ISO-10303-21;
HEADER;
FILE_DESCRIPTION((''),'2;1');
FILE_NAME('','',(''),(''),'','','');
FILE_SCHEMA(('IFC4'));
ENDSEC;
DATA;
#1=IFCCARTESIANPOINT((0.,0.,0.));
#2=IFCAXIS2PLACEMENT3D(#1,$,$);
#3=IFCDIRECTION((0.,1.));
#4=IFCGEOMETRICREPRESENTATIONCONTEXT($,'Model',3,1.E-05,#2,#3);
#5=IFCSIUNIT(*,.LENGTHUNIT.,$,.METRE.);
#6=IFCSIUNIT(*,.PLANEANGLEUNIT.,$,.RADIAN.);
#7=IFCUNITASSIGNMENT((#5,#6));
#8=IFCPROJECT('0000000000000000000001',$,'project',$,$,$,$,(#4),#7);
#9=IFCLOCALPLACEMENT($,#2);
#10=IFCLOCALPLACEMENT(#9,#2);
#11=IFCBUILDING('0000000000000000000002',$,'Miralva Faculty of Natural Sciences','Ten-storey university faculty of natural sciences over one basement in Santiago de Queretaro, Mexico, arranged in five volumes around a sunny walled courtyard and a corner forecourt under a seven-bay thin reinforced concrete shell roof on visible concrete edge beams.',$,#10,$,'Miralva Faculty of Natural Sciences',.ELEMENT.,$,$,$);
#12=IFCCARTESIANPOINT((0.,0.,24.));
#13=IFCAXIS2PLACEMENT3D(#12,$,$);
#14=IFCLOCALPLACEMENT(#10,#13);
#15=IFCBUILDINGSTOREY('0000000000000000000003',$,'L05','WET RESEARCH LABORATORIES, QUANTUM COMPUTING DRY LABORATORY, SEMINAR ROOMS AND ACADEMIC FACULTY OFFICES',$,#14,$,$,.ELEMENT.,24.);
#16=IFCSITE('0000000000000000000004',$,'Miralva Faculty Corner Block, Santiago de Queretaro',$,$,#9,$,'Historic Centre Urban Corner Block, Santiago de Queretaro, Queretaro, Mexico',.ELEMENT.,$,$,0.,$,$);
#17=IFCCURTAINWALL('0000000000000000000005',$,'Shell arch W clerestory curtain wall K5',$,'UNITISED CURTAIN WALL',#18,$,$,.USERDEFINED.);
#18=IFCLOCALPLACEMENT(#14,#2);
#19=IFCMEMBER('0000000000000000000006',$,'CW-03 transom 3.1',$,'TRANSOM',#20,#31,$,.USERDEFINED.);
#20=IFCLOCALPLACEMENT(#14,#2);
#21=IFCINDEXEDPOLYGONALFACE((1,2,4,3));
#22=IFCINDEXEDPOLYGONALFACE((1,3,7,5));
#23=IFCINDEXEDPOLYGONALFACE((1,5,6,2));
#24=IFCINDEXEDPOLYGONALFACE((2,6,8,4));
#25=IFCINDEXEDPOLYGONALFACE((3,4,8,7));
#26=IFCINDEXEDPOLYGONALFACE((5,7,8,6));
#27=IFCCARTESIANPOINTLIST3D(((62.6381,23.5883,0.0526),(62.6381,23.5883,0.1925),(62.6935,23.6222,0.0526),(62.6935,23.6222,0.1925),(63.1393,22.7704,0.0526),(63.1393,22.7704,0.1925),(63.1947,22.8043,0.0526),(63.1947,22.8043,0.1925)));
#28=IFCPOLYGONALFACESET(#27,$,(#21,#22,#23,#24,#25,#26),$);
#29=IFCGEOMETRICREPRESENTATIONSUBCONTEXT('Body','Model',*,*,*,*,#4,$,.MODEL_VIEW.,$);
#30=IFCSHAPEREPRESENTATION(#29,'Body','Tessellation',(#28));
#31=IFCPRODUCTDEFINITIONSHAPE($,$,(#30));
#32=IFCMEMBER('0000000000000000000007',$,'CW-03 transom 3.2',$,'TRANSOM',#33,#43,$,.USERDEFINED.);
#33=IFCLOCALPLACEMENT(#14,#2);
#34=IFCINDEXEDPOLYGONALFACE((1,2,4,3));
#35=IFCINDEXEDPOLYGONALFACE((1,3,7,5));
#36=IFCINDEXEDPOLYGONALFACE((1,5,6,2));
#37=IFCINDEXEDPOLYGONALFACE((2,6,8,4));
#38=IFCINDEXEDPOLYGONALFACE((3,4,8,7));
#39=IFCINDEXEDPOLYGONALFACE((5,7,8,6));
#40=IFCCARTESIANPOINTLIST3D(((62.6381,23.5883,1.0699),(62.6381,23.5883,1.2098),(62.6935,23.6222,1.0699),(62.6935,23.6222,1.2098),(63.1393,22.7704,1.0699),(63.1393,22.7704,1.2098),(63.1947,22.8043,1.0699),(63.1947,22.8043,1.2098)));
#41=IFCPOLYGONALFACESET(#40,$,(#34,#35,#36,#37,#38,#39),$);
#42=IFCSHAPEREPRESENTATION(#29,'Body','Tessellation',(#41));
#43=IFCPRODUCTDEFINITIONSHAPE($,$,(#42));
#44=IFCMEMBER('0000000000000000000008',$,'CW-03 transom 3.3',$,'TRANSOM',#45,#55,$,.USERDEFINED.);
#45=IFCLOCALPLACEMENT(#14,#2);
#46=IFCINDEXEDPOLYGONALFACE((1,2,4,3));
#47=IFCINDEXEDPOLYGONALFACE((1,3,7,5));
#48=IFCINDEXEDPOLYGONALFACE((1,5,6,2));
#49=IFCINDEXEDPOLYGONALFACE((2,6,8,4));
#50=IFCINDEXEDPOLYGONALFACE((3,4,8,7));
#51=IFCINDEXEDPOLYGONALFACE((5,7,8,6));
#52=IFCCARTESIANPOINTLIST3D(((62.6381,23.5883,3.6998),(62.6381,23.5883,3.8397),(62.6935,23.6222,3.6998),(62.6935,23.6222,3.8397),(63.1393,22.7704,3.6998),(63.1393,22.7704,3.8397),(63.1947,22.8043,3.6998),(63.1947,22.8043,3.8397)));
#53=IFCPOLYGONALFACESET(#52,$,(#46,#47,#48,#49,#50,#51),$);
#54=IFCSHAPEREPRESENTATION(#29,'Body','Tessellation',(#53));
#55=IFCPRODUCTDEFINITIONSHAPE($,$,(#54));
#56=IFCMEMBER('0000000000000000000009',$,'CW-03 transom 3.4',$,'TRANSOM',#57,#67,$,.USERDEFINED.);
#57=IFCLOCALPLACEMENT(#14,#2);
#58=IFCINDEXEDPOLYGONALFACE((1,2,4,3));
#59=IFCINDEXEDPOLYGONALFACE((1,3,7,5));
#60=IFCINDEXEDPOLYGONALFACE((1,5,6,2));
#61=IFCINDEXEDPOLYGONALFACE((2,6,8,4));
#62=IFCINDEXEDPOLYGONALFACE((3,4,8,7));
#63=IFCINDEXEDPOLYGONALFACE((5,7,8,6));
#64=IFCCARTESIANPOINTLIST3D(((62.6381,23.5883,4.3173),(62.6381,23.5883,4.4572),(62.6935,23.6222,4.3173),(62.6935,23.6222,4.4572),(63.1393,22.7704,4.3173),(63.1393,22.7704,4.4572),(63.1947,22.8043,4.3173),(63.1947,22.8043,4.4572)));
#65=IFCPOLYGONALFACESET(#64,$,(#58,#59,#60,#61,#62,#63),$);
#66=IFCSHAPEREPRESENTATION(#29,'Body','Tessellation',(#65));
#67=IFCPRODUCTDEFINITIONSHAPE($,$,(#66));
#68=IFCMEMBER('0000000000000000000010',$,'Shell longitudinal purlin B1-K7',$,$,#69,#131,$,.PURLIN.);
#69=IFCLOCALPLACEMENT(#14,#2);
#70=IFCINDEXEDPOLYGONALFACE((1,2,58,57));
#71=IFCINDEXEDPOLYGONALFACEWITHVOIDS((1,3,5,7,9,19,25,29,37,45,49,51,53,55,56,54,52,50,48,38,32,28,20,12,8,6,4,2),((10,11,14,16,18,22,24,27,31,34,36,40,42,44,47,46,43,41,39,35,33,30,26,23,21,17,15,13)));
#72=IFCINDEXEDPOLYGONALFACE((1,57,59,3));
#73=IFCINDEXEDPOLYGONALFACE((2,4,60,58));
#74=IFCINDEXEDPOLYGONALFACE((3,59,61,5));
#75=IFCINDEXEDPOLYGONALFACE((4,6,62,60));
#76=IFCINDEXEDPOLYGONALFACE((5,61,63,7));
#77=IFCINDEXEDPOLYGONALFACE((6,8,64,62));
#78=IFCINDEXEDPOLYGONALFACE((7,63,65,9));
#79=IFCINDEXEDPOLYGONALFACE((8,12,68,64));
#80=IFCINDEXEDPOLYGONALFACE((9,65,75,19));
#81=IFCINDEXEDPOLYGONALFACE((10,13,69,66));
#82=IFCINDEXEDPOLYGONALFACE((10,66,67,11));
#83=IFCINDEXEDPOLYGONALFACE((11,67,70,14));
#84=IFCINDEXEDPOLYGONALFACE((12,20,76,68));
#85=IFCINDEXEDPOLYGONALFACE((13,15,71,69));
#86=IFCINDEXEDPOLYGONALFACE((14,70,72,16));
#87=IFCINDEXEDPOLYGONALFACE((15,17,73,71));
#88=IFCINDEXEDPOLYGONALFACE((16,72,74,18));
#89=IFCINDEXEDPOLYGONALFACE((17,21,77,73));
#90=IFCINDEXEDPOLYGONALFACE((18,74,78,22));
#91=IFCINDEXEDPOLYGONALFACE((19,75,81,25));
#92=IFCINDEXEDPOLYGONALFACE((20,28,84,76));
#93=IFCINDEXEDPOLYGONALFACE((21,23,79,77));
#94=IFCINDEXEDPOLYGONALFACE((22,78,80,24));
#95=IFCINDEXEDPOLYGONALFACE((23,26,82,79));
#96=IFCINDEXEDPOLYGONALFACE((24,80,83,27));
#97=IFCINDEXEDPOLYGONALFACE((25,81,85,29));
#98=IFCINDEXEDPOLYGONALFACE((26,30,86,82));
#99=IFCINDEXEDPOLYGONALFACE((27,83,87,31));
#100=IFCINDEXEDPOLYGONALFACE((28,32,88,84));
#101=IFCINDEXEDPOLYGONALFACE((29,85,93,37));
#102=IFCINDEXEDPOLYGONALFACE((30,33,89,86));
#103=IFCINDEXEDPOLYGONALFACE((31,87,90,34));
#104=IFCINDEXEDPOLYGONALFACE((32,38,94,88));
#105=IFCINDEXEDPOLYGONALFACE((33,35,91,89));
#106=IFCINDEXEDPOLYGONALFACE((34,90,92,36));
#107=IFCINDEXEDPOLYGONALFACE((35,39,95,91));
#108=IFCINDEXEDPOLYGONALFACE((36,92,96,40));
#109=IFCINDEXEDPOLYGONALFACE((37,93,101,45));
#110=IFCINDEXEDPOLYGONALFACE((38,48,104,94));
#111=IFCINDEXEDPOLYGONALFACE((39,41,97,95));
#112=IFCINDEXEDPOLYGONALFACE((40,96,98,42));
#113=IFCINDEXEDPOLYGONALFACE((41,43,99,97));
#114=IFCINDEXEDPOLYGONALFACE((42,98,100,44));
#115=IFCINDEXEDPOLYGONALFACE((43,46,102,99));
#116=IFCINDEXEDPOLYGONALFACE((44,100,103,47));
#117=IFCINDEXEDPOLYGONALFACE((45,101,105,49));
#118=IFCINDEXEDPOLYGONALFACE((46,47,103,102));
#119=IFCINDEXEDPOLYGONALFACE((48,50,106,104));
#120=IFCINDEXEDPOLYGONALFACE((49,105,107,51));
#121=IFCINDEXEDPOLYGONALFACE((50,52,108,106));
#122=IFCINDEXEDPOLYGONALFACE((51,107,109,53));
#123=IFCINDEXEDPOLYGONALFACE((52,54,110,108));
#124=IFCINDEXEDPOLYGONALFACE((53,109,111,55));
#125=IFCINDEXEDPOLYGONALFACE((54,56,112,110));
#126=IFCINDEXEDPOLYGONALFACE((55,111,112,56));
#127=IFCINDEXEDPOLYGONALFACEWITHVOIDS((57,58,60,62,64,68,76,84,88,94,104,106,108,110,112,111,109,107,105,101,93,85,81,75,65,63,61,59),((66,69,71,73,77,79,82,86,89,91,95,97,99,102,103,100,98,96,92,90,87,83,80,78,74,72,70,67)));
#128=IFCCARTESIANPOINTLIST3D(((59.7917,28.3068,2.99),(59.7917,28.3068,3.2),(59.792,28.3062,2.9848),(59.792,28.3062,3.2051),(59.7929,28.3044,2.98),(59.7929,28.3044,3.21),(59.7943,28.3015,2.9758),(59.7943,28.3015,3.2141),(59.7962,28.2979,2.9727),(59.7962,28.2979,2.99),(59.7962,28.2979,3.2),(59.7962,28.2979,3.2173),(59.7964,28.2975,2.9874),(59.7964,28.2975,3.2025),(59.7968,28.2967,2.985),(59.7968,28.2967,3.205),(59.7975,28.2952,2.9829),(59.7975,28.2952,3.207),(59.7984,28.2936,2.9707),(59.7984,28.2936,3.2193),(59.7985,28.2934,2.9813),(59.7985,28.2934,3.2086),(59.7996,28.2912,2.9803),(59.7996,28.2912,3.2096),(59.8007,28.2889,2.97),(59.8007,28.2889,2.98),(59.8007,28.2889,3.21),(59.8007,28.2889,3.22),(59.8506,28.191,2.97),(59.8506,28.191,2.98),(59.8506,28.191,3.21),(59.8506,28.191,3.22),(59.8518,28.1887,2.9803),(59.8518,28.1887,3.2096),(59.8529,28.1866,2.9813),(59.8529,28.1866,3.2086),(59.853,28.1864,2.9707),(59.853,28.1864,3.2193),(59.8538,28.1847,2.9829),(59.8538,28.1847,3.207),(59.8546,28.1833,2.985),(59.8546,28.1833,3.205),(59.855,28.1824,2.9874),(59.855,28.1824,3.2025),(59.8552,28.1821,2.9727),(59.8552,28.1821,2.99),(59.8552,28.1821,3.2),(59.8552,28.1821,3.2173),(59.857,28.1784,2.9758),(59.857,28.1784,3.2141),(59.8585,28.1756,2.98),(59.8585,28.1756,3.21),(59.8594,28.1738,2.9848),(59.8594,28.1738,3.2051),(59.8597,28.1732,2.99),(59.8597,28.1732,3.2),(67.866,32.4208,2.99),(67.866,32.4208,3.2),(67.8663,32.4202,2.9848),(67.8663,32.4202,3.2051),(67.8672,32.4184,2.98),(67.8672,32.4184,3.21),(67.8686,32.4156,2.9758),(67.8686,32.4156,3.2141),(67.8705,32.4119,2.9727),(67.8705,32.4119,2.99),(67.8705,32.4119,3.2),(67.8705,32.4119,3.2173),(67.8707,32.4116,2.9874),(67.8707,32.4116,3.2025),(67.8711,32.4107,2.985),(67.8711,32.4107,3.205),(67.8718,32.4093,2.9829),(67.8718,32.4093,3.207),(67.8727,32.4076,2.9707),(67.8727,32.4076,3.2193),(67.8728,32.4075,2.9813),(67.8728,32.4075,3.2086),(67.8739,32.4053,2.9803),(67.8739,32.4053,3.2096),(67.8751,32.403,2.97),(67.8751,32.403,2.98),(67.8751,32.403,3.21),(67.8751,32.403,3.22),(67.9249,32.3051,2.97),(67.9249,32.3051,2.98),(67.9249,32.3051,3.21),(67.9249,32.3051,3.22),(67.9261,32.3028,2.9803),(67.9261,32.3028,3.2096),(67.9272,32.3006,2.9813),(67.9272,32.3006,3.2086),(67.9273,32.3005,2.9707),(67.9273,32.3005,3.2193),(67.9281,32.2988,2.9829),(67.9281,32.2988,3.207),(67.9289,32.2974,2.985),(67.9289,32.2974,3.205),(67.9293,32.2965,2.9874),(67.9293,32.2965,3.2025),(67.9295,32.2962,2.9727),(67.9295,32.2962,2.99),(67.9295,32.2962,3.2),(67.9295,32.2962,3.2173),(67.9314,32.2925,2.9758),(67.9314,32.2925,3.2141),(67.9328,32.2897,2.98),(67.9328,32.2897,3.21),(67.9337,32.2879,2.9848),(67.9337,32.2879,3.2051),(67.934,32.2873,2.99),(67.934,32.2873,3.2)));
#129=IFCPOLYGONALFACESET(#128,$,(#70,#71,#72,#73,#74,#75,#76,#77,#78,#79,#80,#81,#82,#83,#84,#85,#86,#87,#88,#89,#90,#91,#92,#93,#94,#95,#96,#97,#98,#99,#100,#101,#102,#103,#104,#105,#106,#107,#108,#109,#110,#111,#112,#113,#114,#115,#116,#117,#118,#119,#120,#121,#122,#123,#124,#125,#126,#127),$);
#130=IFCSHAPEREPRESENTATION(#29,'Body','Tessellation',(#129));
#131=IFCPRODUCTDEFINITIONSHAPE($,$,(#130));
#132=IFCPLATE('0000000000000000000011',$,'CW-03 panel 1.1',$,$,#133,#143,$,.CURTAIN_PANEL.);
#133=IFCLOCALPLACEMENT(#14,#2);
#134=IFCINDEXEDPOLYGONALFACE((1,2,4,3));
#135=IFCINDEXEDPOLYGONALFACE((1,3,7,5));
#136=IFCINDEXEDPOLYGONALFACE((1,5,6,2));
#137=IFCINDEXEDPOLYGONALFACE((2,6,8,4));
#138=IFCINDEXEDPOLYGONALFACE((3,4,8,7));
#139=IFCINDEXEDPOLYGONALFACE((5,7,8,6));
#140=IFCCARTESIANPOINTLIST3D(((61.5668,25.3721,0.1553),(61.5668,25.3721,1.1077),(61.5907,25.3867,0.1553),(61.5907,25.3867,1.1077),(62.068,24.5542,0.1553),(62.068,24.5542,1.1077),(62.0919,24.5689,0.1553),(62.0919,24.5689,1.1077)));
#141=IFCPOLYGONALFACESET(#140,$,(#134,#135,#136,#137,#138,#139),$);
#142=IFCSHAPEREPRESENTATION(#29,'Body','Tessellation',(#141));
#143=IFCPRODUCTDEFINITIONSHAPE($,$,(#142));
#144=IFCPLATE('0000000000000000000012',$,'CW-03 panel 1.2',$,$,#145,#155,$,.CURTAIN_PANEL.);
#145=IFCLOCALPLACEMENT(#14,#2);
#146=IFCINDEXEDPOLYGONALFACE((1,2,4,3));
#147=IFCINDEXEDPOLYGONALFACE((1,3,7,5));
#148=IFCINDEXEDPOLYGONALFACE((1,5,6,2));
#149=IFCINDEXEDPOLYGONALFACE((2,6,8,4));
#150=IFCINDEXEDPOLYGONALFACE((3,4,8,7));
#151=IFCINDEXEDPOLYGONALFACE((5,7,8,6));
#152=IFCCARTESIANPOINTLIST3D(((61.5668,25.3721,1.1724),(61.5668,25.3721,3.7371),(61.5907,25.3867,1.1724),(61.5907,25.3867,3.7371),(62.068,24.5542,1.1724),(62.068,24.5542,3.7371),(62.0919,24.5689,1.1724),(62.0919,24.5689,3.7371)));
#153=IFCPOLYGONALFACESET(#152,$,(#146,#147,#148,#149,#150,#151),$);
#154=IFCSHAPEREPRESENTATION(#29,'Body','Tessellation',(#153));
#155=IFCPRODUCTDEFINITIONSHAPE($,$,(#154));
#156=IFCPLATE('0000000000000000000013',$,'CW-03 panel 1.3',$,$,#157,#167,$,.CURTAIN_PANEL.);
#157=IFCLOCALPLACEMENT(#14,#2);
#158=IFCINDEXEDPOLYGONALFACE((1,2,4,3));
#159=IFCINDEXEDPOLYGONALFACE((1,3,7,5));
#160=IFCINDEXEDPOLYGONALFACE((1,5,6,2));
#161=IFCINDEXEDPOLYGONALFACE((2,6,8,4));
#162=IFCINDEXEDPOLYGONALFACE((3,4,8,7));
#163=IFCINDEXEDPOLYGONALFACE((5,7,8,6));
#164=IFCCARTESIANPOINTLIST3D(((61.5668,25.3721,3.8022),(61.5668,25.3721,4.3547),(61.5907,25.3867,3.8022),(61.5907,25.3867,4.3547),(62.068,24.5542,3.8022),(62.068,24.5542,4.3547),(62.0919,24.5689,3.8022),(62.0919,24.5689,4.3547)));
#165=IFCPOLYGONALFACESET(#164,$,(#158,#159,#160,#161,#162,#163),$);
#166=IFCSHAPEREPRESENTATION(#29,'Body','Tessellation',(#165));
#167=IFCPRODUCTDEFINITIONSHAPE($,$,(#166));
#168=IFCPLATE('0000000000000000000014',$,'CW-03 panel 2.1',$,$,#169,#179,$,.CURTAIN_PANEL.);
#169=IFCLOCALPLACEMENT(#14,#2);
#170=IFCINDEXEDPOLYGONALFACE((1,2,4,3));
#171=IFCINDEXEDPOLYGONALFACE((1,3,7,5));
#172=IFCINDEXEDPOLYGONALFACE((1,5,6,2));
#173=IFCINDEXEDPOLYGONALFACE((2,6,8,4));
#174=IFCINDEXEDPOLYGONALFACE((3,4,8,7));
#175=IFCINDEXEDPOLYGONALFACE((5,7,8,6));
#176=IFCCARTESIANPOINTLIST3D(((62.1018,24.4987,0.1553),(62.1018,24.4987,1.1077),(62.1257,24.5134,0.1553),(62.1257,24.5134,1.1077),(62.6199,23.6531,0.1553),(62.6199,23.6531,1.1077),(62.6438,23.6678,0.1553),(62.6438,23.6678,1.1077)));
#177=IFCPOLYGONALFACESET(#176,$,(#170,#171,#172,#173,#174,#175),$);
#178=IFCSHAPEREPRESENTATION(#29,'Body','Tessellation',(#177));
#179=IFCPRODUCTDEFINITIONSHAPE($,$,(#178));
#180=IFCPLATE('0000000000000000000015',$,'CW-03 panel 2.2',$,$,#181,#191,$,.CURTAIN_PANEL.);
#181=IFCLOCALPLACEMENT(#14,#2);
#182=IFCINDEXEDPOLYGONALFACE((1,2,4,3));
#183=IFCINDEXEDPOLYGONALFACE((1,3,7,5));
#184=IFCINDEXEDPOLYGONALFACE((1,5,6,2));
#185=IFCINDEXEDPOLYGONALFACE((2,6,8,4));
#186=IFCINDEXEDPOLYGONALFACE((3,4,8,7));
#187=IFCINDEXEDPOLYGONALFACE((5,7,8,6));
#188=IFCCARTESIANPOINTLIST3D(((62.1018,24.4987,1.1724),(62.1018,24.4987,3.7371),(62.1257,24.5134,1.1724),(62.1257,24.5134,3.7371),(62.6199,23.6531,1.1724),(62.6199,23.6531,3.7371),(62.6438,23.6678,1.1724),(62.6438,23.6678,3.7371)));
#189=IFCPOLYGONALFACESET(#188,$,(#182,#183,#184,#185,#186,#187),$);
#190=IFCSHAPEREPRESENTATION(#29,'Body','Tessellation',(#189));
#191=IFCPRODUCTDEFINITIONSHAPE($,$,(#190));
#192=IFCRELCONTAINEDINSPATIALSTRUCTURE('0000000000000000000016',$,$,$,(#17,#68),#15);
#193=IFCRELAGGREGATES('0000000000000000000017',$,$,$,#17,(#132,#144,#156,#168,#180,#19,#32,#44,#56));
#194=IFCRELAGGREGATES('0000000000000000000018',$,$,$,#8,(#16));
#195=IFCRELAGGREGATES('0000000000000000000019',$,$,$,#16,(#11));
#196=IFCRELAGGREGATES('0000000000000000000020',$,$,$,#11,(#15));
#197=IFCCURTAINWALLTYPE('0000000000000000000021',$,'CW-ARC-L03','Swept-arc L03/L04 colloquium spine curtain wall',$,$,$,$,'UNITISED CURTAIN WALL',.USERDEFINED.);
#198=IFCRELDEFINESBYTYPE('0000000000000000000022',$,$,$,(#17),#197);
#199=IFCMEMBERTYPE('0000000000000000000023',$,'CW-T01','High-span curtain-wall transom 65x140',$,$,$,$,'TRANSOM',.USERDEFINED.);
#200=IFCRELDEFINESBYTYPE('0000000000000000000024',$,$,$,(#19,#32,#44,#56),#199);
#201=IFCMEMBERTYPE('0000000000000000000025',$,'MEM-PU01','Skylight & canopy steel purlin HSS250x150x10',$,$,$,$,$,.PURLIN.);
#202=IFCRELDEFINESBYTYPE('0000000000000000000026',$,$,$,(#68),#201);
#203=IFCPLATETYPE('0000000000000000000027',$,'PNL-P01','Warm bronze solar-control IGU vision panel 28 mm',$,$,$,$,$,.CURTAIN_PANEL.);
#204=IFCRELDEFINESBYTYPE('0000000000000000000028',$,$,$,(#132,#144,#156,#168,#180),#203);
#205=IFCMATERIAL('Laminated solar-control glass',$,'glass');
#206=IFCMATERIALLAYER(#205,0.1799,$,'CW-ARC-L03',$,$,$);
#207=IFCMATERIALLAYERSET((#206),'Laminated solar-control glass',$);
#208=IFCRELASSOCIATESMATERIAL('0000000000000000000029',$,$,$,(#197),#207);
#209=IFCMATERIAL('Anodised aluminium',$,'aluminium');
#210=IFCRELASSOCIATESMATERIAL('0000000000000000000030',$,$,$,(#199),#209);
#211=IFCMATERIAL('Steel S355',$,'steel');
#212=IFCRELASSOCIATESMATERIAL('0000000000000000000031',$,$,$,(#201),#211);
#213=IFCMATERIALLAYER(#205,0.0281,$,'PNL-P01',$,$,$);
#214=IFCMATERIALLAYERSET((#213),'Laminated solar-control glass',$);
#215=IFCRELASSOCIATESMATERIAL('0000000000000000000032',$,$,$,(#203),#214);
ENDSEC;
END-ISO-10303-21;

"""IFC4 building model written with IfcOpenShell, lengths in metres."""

from ifc_helpers import new_model, si_unit, direction, frame, origin, origin_2d, place, context, subcontext, project, spatial, rectangle, hollow_rectangle, extrude, material, layer, layer_set, material_profile, profile_set, type_object, element, aggregate, save


model = new_model("IFC4")

# Units and contexts
model_context = context("Model", 3, precision=1e-05, world=origin(), true_north=direction((0.0, 1.0)))
body_context = subcontext(model_context, "Body", "Model", "MODEL_VIEW")
ifc_project = project(units=[si_unit("LENGTHUNIT", "METRE"), si_unit("PLANEANGLEUNIT", "RADIAN")], contexts=[model_context])

# Site, building, storey
site_placement = place(None, origin())
site = spatial("IfcSite", under=ifc_project, at=site_placement, Name="Miralva Faculty Corner Block, Santiago de Queretaro", LongName="Historic Centre Urban Corner Block, Santiago de Queretaro, Queretaro, Mexico", CompositionType="ELEMENT", RefElevation=0.0)
building_placement = place(site_placement, origin())
building = spatial("IfcBuilding", under=site, at=building_placement, Name="Miralva Faculty of Natural Sciences", Description="Ten-storey university faculty of natural sciences over one basement in Santiago de Queretaro, Mexico, arranged in five volumes around a sunny walled courtyard and a corner forecourt under a seven-bay thin reinforced concrete shell roof on visible concrete edge beams.", LongName="Miralva Faculty of Natural Sciences", CompositionType="ELEMENT")
storey_placement = place(building_placement, frame((0.0, 0.0, 24.0)))
storey = spatial("IfcBuildingStorey", under=building, at=storey_placement, Name="L05", Description="WET RESEARCH LABORATORIES, QUANTUM COMPUTING DRY LABORATORY, SEMINAR ROOMS AND ACADEMIC FACULTY OFFICES", CompositionType="ELEMENT", Elevation=24.0)

# Shared definitions
ifc_material_1 = material(Name="Steel S355", Category="steel")

# Curtain wall, members
ifc_material_2 = material(Name="Laminated solar-control glass", Category="glass")
ifc_layer_1 = layer(ifc_material_2, 0.1799, Name="CW-ARC-L03")
ifc_layer_set_1 = layer_set([ifc_layer_1], Name="Laminated solar-control glass")
curtain_wall_type = type_object("IfcCurtainWallType", Name="CW-ARC-L03", Description="Swept-arc L03/L04 colloquium spine curtain wall", ElementType="UNITISED CURTAIN WALL", PredefinedType="USERDEFINED", material=ifc_layer_set_1)
curtain_wall_placement = place(storey_placement, origin())
curtain_wall = element("IfcCurtainWall", 1, at=curtain_wall_placement, inside=storey, type_object=curtain_wall_type, Name="Shell arch W clerestory curtain wall K5", ObjectType="UNITISED CURTAIN WALL", PredefinedType="USERDEFINED")
ifc_material_3 = material(Name="Anodised aluminium", Category="aluminium")
ifc_material_profile_1 = material_profile(ifc_material_3, rectangle(XDim=0.0649, YDim=0.1399, at=origin_2d()), Name="TRANSOM 65x140")
ifc_profile_set_1 = profile_set([ifc_material_profile_1], Name="Anodised aluminium")
member_type_1 = type_object("IfcMemberType", Name="CW-T01", Description="High-span curtain-wall transom 65x140", ElementType="TRANSOM", PredefinedType="USERDEFINED", material=ifc_profile_set_1)
member_1_placement = place(storey_placement, frame((62.6658, 23.6052, 0.1226), z_axis=(0.52252, -0.852627, 0.0), x_axis=(0.852627, 0.52252, 0.0)))
member_1 = element("IfcMember", 2, at=member_1_placement, type_object=member_type_1, Name="CW-03 transom 3.1", ObjectType="TRANSOM", PredefinedType="USERDEFINED", context=body_context, shape_type="SweptSolid", body=[
    extrude(rectangle(XDim=0.0649, YDim=0.1399, at=origin_2d()), origin(), (0.0, 0.0, 1.0), 0.9592),
])
member_2_placement = place(storey_placement, frame((62.6658, 23.6052, 1.1399), z_axis=(0.52252, -0.852627, 0.0), x_axis=(0.852627, 0.52252, 0.0)))
member_2 = element("IfcMember", 3, at=member_2_placement, type_object=member_type_1, Name="CW-03 transom 3.2", ObjectType="TRANSOM", PredefinedType="USERDEFINED", context=body_context, shape_type="SweptSolid", body=[
    extrude(rectangle(XDim=0.0649, YDim=0.1399, at=origin_2d()), origin(), (0.0, 0.0, 1.0), 0.9592),
])
member_3_placement = place(storey_placement, frame((62.6658, 23.6052, 3.7698), z_axis=(0.52252, -0.852627, 0.0), x_axis=(0.852627, 0.52252, 0.0)))
member_3 = element("IfcMember", 4, at=member_3_placement, type_object=member_type_1, Name="CW-03 transom 3.3", ObjectType="TRANSOM", PredefinedType="USERDEFINED", context=body_context, shape_type="SweptSolid", body=[
    extrude(rectangle(XDim=0.0649, YDim=0.1399, at=origin_2d()), origin(), (0.0, 0.0, 1.0), 0.9592),
])
member_4_placement = place(storey_placement, frame((62.6658, 23.6052, 4.3872), z_axis=(0.52252, -0.852627, 0.0), x_axis=(0.852627, 0.52252, 0.0)))
member_4 = element("IfcMember", 5, at=member_4_placement, type_object=member_type_1, Name="CW-03 transom 3.4", ObjectType="TRANSOM", PredefinedType="USERDEFINED", context=body_context, shape_type="SweptSolid", body=[
    extrude(rectangle(XDim=0.0649, YDim=0.1399, at=origin_2d()), origin(), (0.0, 0.0, 1.0), 0.9592),
])

# Member
ifc_material_profile_2 = material_profile(ifc_material_1, hollow_rectangle(XDim=0.1499, YDim=0.25, WallThickness=0.01, InnerFilletRadius=0.01, OuterFilletRadius=0.02, at=origin_2d()), Name="HSS 250x150x10")
ifc_profile_set_2 = profile_set([ifc_material_profile_2], Name="Steel S355")
member_type_2 = type_object("IfcMemberType", Name="MEM-PU01", Description="Skylight & canopy steel purlin HSS250x150x10", PredefinedType="PURLIN", material=ifc_profile_set_2)
member_5_placement = place(storey_placement, frame((59.8257, 28.24, 3.095), z_axis=(0.891007, 0.45399, 0.0), x_axis=(-0.45399, 0.891007, 0.0)))
element("IfcMember", 6, at=member_5_placement, inside=storey, type_object=member_type_2, Name="Shell longitudinal purlin B1-K7", PredefinedType="PURLIN", context=body_context, shape_type="SweptSolid", body=[
    extrude(hollow_rectangle(XDim=0.1499, YDim=0.25, WallThickness=0.01, InnerFilletRadius=0.01, OuterFilletRadius=0.02, at=origin_2d()), origin(), (0.0, 0.0, 1.0), 9.062),
])

# Plates
ifc_layer_2 = layer(ifc_material_2, 0.0281, Name="PNL-P01")
ifc_layer_set_2 = layer_set([ifc_layer_2], Name="Laminated solar-control glass")
plate_type = type_object("IfcPlateType", Name="PNL-P01", Description="Warm bronze solar-control IGU vision panel 28 mm", PredefinedType="CURTAIN_PANEL", material=ifc_layer_set_2)
plate_1_placement = place(storey_placement, frame((61.8293, 24.9705, 0.1553), z_axis=(0.0, 0.0, 1.0), x_axis=(0.52249, -0.852646, 0.0)))
plate_1 = element("IfcPlate", 7, at=plate_1_placement, type_object=plate_type, Name="CW-03 panel 1.1", PredefinedType="CURTAIN_PANEL", context=body_context, shape_type="SweptSolid", body=[
    extrude(rectangle(XDim=0.9592, YDim=0.0281, at=origin_2d()), origin(), (0.0, 0.0, 1.0), 0.9524),
])
plate_2_placement = place(storey_placement, frame((61.8293, 24.9705, 1.1724), z_axis=(0.0, 0.0, 1.0), x_axis=(0.52249, -0.852646, 0.0)))
plate_2 = element("IfcPlate", 8, at=plate_2_placement, type_object=plate_type, Name="CW-03 panel 1.2", PredefinedType="CURTAIN_PANEL", context=body_context, shape_type="SweptSolid", body=[
    extrude(rectangle(XDim=0.9592, YDim=0.0281, at=origin_2d()), origin(), (0.0, 0.0, 1.0), 2.5647),
])
plate_3_placement = place(storey_placement, frame((61.8293, 24.9705, 3.8022), z_axis=(0.0, 0.0, 1.0), x_axis=(0.52249, -0.852646, 0.0)))
plate_3 = element("IfcPlate", 9, at=plate_3_placement, type_object=plate_type, Name="CW-03 panel 1.3", PredefinedType="CURTAIN_PANEL", context=body_context, shape_type="SweptSolid", body=[
    extrude(rectangle(XDim=0.9592, YDim=0.0281, at=origin_2d()), origin(), (0.0, 0.0, 1.0), 0.5525),
])
plate_4_placement = place(storey_placement, frame((62.3728, 24.0833, 0.1553), z_axis=(0.0, 0.0, 1.0), x_axis=(0.52249, -0.852646, 0.0)))
plate_4 = element("IfcPlate", 10, at=plate_4_placement, type_object=plate_type, Name="CW-03 panel 2.1", PredefinedType="CURTAIN_PANEL", context=body_context, shape_type="SweptSolid", body=[
    extrude(rectangle(XDim=0.9917, YDim=0.0281, at=origin_2d()), origin(), (0.0, 0.0, 1.0), 0.9524),
])
plate_5_placement = place(storey_placement, frame((62.3728, 24.0833, 1.1724), z_axis=(0.0, 0.0, 1.0), x_axis=(0.52249, -0.852646, 0.0)))
plate_5 = element("IfcPlate", 11, at=plate_5_placement, type_object=plate_type, Name="CW-03 panel 2.2", PredefinedType="CURTAIN_PANEL", context=body_context, shape_type="SweptSolid", body=[
    extrude(rectangle(XDim=0.9917, YDim=0.0281, at=origin_2d()), origin(), (0.0, 0.0, 1.0), 2.5647),
])
aggregate(curtain_wall, [plate_1, plate_2, plate_3, plate_4, plate_5, member_1, member_2, member_3, member_4])

save(model, "model.ifc")
